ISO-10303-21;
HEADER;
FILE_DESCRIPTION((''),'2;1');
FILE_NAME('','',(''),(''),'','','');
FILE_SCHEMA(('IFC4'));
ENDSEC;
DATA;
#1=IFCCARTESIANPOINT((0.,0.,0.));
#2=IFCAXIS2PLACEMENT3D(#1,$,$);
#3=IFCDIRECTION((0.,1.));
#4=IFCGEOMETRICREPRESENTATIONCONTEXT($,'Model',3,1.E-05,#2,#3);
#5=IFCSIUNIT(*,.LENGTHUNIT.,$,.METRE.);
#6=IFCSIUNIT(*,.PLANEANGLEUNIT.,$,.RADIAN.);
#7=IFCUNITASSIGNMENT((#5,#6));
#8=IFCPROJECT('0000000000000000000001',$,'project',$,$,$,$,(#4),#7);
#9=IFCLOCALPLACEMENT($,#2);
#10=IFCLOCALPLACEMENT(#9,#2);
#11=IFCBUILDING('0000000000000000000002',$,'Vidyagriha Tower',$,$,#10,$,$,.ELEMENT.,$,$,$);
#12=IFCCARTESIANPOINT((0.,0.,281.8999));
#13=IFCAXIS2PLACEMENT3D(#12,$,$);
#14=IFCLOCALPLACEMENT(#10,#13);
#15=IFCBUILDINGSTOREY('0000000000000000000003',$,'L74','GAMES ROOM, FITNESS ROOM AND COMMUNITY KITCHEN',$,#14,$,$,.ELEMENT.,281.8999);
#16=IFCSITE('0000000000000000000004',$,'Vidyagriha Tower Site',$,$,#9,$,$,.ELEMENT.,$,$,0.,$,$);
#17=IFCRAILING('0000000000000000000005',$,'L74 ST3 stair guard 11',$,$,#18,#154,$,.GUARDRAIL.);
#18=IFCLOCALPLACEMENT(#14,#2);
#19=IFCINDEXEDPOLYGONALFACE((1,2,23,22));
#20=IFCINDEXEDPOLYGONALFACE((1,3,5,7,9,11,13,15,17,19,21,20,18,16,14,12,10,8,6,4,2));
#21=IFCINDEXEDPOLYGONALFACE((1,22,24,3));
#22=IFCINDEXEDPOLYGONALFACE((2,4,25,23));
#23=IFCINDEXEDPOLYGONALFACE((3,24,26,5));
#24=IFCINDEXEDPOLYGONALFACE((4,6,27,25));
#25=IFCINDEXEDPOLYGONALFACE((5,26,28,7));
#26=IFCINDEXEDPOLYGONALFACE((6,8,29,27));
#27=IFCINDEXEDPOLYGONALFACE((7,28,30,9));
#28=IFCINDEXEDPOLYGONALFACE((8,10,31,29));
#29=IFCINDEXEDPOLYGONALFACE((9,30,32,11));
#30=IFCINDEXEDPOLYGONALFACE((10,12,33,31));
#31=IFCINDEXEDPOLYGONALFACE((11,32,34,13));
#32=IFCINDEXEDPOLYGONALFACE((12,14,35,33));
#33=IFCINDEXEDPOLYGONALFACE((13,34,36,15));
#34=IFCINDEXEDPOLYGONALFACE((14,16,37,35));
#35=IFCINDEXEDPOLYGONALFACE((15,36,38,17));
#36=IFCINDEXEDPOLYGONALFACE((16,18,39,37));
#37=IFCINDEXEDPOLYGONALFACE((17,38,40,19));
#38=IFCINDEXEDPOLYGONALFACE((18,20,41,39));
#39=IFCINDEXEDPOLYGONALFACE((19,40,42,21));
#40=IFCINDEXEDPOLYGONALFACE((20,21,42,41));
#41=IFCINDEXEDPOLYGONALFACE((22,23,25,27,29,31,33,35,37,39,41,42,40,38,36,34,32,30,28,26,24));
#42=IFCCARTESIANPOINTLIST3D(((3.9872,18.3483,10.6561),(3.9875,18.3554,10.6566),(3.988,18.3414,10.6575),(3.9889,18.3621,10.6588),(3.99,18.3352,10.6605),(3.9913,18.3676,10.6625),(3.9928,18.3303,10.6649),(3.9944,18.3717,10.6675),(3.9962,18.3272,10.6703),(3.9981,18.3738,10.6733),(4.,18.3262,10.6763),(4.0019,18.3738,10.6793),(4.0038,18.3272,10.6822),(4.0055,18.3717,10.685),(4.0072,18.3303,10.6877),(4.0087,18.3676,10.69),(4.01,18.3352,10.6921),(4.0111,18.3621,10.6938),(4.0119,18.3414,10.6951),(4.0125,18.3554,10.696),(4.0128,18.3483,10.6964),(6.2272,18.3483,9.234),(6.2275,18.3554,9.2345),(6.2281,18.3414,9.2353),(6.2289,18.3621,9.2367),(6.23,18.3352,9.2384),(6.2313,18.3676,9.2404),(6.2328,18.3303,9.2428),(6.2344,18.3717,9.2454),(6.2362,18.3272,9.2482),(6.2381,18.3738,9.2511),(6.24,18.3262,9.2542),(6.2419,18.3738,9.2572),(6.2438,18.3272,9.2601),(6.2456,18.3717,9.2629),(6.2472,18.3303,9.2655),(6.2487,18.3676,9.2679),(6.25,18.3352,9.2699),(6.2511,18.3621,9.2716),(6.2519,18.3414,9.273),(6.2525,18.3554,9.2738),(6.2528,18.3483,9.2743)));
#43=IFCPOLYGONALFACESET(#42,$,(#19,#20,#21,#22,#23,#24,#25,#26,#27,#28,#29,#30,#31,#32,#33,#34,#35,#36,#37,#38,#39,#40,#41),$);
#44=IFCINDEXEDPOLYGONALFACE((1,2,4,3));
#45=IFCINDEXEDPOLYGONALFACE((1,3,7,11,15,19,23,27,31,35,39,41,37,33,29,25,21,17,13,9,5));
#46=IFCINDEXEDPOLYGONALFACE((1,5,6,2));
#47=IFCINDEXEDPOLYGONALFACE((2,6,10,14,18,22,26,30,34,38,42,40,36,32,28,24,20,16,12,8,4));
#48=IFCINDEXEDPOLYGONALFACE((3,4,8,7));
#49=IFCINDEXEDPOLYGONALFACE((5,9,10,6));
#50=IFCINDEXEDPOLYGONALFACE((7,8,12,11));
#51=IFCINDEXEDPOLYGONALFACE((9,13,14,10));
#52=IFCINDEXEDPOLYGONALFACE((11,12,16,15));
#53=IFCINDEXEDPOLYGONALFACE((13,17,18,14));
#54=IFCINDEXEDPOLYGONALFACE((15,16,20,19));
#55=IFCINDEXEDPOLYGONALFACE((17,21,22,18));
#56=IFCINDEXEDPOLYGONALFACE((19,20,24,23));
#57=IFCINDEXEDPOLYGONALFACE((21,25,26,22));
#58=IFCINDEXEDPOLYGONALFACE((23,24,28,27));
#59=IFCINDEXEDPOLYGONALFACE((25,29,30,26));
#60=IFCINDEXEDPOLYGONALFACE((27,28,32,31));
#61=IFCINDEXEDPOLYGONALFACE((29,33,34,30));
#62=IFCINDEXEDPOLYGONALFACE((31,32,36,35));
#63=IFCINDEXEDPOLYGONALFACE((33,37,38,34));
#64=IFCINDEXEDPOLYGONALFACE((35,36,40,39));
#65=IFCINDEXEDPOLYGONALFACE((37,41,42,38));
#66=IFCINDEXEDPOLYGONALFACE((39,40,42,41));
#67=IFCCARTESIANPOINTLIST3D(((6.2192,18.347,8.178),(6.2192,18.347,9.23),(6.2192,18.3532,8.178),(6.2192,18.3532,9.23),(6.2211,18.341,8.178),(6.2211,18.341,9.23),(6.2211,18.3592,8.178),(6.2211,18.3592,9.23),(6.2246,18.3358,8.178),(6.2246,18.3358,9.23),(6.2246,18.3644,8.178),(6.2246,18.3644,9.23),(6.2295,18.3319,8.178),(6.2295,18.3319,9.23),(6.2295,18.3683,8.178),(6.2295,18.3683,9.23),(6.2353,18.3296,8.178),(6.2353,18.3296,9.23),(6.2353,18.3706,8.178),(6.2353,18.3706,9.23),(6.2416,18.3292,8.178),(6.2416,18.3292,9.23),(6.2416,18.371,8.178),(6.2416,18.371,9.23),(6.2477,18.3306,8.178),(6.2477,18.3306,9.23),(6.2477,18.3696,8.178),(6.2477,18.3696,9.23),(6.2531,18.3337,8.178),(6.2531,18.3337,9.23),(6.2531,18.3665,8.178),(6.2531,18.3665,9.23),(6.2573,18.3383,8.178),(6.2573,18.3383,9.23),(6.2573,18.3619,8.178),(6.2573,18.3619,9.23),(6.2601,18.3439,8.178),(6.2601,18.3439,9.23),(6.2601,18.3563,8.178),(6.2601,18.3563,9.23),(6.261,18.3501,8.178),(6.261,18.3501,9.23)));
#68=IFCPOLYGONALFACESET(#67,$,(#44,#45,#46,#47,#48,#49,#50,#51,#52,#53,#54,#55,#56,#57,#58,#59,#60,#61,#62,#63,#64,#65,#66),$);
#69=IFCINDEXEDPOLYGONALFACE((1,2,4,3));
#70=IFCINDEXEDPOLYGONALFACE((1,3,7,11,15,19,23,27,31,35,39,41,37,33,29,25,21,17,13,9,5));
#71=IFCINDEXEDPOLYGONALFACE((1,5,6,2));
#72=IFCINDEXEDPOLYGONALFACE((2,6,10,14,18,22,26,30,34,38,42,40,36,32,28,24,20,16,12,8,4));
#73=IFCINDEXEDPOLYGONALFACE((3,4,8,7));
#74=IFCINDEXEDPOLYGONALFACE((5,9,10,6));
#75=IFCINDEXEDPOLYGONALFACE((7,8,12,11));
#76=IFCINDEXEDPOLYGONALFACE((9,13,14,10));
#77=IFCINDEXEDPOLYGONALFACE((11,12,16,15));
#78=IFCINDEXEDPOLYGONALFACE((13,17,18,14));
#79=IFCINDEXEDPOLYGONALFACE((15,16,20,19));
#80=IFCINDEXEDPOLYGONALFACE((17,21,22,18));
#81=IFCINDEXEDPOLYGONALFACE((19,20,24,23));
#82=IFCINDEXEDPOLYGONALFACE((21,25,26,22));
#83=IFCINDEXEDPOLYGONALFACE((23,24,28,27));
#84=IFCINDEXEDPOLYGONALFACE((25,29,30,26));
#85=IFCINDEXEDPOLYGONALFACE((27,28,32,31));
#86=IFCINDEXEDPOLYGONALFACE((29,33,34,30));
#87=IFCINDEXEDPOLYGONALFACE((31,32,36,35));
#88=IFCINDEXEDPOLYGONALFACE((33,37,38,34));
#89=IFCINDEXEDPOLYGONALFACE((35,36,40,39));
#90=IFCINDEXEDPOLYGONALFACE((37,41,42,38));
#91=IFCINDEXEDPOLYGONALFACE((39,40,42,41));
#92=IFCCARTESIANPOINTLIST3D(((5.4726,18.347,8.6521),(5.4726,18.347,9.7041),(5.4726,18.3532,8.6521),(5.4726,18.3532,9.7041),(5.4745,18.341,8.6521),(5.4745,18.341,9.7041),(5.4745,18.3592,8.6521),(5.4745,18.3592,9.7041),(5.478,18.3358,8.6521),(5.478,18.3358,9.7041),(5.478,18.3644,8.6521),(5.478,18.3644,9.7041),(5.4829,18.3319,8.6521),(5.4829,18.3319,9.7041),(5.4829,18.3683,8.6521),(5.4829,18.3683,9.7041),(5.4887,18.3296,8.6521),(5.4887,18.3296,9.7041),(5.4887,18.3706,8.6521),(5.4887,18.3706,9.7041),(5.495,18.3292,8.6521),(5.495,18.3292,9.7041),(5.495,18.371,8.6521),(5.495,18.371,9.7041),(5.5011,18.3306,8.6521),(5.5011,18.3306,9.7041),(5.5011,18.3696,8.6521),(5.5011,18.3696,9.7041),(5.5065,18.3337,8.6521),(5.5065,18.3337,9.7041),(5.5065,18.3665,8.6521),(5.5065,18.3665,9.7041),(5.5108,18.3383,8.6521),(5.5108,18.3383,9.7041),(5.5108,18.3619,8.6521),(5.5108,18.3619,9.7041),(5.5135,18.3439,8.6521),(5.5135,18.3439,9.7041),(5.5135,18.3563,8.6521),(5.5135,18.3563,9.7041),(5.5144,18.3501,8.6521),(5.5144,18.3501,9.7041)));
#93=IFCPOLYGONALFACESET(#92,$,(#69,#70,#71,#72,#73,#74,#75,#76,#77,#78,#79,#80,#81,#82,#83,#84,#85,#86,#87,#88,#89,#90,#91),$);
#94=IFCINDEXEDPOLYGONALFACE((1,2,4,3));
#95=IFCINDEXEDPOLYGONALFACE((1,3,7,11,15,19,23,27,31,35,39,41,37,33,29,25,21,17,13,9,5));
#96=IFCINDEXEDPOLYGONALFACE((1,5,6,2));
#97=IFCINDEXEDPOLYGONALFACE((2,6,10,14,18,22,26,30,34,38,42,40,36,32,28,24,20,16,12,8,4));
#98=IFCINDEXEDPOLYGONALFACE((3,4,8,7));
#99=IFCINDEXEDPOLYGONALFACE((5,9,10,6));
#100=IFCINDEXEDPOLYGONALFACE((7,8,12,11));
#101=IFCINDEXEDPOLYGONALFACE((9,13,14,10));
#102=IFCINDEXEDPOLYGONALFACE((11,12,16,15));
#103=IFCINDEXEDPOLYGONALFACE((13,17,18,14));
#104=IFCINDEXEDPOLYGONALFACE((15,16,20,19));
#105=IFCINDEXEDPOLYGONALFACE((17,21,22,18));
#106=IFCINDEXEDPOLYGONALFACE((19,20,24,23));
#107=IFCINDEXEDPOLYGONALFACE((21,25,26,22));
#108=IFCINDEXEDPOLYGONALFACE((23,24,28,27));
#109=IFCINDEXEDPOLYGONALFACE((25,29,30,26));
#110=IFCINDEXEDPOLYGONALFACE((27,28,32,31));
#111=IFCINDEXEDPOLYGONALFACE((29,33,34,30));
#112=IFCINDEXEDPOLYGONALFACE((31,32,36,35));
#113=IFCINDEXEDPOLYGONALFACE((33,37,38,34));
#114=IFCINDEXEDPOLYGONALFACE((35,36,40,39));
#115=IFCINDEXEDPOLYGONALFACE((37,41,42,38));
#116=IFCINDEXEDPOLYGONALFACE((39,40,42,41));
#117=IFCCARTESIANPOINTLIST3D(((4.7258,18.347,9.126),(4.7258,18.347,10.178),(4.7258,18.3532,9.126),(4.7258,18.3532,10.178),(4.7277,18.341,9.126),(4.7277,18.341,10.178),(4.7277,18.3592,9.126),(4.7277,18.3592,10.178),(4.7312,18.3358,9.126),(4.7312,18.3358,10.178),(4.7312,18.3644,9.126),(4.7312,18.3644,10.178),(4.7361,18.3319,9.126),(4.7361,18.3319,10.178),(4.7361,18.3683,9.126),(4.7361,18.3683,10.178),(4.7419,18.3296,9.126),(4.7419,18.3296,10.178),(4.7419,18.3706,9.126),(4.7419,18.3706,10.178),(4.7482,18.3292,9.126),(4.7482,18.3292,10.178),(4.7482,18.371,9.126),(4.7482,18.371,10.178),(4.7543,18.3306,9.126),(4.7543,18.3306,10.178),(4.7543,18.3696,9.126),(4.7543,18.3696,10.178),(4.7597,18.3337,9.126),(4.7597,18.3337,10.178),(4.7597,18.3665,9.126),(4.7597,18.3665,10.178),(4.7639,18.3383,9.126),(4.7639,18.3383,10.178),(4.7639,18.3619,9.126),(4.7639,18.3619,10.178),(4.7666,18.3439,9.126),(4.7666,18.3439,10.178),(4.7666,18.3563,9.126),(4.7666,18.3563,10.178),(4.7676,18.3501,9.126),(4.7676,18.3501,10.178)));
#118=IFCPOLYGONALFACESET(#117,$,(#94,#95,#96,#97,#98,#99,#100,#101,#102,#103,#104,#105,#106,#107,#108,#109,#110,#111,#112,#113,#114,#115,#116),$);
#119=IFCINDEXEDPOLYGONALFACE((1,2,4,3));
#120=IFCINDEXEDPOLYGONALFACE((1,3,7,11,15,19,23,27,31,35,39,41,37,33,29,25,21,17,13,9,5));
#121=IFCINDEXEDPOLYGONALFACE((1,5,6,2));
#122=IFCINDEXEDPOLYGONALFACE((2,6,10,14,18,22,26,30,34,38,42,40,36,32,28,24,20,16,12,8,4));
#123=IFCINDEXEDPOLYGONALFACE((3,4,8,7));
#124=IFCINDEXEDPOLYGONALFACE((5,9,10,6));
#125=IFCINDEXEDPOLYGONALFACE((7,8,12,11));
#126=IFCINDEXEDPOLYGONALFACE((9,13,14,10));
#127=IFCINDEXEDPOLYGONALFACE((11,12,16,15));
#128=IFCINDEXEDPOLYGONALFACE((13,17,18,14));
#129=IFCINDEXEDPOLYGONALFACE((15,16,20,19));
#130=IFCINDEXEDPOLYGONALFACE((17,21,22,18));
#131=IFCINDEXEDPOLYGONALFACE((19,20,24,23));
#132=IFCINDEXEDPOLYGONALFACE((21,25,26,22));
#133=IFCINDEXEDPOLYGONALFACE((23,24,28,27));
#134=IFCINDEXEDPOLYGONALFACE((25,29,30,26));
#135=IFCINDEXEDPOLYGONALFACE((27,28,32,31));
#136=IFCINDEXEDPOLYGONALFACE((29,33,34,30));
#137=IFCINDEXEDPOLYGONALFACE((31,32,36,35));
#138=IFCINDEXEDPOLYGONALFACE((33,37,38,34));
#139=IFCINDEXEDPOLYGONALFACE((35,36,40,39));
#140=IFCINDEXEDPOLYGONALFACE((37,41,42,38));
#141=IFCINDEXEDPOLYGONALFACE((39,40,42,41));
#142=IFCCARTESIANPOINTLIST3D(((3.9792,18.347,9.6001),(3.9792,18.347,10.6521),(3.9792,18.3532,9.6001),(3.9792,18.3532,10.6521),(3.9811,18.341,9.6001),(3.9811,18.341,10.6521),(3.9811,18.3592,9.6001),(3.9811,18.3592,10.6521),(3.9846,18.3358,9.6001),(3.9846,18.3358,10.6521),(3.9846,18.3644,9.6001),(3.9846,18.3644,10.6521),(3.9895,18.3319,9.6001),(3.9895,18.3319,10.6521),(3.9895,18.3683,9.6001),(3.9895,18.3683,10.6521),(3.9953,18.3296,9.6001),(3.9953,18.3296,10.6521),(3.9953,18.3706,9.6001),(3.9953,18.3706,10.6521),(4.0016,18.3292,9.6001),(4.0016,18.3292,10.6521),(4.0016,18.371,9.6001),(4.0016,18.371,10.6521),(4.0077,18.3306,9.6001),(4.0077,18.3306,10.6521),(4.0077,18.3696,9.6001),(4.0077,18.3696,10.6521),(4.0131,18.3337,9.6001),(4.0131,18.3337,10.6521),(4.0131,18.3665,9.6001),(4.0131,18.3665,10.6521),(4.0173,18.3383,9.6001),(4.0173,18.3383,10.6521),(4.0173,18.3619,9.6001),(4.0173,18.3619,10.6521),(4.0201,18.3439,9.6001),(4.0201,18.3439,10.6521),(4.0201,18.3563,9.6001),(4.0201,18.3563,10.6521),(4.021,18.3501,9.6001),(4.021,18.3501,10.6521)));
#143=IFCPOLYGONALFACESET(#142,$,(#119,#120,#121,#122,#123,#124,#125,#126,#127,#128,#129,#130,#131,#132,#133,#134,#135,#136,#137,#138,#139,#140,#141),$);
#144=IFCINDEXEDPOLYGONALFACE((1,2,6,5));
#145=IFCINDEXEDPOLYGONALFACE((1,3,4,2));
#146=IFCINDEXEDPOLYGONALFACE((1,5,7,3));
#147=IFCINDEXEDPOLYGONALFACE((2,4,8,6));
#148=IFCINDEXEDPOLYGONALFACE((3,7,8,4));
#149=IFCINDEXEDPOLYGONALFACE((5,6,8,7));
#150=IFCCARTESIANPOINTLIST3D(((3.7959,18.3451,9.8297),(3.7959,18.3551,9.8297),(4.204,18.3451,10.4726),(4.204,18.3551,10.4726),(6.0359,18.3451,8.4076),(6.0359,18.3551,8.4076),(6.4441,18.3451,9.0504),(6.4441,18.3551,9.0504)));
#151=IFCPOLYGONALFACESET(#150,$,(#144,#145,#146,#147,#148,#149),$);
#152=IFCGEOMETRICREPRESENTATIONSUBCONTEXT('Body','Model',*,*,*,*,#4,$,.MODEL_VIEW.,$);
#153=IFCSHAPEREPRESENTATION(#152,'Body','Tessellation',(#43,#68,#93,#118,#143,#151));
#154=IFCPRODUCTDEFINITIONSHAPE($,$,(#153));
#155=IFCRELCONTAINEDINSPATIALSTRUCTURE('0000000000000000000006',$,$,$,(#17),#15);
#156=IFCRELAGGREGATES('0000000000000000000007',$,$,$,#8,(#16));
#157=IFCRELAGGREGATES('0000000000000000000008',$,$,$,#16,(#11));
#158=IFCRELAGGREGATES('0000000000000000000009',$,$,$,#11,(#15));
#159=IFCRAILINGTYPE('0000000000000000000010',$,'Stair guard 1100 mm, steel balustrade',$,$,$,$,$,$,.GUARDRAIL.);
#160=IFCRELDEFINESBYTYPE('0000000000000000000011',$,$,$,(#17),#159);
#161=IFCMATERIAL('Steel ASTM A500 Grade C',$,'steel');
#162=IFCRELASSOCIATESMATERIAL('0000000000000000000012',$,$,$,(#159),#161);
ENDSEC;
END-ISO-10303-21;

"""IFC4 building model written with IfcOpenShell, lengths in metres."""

from ifc_helpers import new_model, si_unit, direction, frame, origin, origin_2d, place, context, subcontext, project, spatial, rectangle, circle, extrude, material, type_object, element, save


model = new_model("IFC4")

# Units and contexts
model_context = context("Model", 3, precision=1e-05, world=origin(), true_north=direction((0.0, 1.0)))
body_context = subcontext(model_context, "Body", "Model", "MODEL_VIEW")
ifc_project = project(units=[si_unit("LENGTHUNIT", "METRE"), si_unit("PLANEANGLEUNIT", "RADIAN")], contexts=[model_context])

# Site, building, storey
site_placement = place(None, origin())
site = spatial("IfcSite", under=ifc_project, at=site_placement, Name="Vidyagriha Tower Site", CompositionType="ELEMENT", RefElevation=0.0)
building_placement = place(site_placement, origin())
building = spatial("IfcBuilding", under=site, at=building_placement, Name="Vidyagriha Tower", CompositionType="ELEMENT")
storey_placement = place(building_placement, frame((0.0, 0.0, 281.8999)))
storey = spatial("IfcBuildingStorey", under=building, at=storey_placement, Name="L74", Description="GAMES ROOM, FITNESS ROOM AND COMMUNITY KITCHEN", CompositionType="ELEMENT", Elevation=281.8999)

# Railing
ifc_material_1 = material(Name="Steel ASTM A500 Grade C", Category="steel")
railing_type_1 = type_object("IfcRailingType", Name="Stair guard 1100 mm, steel balustrade", PredefinedType="GUARDRAIL", material=ifc_material_1)
railing_1_placement = place(storey_placement, frame((6.24, 18.3501, 8.178)))
element("IfcRailing", 1, at=railing_1_placement, inside=storey, type_object=railing_type_1, Name="L74 ST3 stair guard 11", PredefinedType="GUARDRAIL", context=body_context, shape_type="SweptSolid", body=[
    extrude(circle(Radius=0.0239, at=origin_2d()), frame((0.0, 0.0, 1.0762), z_axis=(-0.844229, 0.0, 0.535982), x_axis=(0.0, -1.0, 0.0)), (0.0, 0.0, 1.0), 2.6533),
    extrude(circle(Radius=0.021, at=origin_2d()), origin(), (0.0, 0.0, 1.0), 1.052),
    extrude(circle(Radius=0.021, at=origin_2d()), frame((-0.7466, 0.0, 0.4741)), (0.0, 0.0, 1.0), 1.052),
    extrude(circle(Radius=0.021, at=origin_2d()), frame((-1.4934, 0.0, 0.948)), (0.0, 0.0, 1.0), 1.052),
    extrude(circle(Radius=0.021, at=origin_2d()), frame((-2.24, 0.0, 1.4221)), (0.0, 0.0, 1.0), 1.052),
    extrude(rectangle(XDim=0.01, YDim=0.7615, at=origin_2d()), frame((0.0, 0.0, 0.551), z_axis=(-0.844229, 0.0, 0.535982), x_axis=(0.0, -1.0, 0.0)), (0.0, 0.0, 1.0), 2.6533),
])

save(model, "model.ifc")
